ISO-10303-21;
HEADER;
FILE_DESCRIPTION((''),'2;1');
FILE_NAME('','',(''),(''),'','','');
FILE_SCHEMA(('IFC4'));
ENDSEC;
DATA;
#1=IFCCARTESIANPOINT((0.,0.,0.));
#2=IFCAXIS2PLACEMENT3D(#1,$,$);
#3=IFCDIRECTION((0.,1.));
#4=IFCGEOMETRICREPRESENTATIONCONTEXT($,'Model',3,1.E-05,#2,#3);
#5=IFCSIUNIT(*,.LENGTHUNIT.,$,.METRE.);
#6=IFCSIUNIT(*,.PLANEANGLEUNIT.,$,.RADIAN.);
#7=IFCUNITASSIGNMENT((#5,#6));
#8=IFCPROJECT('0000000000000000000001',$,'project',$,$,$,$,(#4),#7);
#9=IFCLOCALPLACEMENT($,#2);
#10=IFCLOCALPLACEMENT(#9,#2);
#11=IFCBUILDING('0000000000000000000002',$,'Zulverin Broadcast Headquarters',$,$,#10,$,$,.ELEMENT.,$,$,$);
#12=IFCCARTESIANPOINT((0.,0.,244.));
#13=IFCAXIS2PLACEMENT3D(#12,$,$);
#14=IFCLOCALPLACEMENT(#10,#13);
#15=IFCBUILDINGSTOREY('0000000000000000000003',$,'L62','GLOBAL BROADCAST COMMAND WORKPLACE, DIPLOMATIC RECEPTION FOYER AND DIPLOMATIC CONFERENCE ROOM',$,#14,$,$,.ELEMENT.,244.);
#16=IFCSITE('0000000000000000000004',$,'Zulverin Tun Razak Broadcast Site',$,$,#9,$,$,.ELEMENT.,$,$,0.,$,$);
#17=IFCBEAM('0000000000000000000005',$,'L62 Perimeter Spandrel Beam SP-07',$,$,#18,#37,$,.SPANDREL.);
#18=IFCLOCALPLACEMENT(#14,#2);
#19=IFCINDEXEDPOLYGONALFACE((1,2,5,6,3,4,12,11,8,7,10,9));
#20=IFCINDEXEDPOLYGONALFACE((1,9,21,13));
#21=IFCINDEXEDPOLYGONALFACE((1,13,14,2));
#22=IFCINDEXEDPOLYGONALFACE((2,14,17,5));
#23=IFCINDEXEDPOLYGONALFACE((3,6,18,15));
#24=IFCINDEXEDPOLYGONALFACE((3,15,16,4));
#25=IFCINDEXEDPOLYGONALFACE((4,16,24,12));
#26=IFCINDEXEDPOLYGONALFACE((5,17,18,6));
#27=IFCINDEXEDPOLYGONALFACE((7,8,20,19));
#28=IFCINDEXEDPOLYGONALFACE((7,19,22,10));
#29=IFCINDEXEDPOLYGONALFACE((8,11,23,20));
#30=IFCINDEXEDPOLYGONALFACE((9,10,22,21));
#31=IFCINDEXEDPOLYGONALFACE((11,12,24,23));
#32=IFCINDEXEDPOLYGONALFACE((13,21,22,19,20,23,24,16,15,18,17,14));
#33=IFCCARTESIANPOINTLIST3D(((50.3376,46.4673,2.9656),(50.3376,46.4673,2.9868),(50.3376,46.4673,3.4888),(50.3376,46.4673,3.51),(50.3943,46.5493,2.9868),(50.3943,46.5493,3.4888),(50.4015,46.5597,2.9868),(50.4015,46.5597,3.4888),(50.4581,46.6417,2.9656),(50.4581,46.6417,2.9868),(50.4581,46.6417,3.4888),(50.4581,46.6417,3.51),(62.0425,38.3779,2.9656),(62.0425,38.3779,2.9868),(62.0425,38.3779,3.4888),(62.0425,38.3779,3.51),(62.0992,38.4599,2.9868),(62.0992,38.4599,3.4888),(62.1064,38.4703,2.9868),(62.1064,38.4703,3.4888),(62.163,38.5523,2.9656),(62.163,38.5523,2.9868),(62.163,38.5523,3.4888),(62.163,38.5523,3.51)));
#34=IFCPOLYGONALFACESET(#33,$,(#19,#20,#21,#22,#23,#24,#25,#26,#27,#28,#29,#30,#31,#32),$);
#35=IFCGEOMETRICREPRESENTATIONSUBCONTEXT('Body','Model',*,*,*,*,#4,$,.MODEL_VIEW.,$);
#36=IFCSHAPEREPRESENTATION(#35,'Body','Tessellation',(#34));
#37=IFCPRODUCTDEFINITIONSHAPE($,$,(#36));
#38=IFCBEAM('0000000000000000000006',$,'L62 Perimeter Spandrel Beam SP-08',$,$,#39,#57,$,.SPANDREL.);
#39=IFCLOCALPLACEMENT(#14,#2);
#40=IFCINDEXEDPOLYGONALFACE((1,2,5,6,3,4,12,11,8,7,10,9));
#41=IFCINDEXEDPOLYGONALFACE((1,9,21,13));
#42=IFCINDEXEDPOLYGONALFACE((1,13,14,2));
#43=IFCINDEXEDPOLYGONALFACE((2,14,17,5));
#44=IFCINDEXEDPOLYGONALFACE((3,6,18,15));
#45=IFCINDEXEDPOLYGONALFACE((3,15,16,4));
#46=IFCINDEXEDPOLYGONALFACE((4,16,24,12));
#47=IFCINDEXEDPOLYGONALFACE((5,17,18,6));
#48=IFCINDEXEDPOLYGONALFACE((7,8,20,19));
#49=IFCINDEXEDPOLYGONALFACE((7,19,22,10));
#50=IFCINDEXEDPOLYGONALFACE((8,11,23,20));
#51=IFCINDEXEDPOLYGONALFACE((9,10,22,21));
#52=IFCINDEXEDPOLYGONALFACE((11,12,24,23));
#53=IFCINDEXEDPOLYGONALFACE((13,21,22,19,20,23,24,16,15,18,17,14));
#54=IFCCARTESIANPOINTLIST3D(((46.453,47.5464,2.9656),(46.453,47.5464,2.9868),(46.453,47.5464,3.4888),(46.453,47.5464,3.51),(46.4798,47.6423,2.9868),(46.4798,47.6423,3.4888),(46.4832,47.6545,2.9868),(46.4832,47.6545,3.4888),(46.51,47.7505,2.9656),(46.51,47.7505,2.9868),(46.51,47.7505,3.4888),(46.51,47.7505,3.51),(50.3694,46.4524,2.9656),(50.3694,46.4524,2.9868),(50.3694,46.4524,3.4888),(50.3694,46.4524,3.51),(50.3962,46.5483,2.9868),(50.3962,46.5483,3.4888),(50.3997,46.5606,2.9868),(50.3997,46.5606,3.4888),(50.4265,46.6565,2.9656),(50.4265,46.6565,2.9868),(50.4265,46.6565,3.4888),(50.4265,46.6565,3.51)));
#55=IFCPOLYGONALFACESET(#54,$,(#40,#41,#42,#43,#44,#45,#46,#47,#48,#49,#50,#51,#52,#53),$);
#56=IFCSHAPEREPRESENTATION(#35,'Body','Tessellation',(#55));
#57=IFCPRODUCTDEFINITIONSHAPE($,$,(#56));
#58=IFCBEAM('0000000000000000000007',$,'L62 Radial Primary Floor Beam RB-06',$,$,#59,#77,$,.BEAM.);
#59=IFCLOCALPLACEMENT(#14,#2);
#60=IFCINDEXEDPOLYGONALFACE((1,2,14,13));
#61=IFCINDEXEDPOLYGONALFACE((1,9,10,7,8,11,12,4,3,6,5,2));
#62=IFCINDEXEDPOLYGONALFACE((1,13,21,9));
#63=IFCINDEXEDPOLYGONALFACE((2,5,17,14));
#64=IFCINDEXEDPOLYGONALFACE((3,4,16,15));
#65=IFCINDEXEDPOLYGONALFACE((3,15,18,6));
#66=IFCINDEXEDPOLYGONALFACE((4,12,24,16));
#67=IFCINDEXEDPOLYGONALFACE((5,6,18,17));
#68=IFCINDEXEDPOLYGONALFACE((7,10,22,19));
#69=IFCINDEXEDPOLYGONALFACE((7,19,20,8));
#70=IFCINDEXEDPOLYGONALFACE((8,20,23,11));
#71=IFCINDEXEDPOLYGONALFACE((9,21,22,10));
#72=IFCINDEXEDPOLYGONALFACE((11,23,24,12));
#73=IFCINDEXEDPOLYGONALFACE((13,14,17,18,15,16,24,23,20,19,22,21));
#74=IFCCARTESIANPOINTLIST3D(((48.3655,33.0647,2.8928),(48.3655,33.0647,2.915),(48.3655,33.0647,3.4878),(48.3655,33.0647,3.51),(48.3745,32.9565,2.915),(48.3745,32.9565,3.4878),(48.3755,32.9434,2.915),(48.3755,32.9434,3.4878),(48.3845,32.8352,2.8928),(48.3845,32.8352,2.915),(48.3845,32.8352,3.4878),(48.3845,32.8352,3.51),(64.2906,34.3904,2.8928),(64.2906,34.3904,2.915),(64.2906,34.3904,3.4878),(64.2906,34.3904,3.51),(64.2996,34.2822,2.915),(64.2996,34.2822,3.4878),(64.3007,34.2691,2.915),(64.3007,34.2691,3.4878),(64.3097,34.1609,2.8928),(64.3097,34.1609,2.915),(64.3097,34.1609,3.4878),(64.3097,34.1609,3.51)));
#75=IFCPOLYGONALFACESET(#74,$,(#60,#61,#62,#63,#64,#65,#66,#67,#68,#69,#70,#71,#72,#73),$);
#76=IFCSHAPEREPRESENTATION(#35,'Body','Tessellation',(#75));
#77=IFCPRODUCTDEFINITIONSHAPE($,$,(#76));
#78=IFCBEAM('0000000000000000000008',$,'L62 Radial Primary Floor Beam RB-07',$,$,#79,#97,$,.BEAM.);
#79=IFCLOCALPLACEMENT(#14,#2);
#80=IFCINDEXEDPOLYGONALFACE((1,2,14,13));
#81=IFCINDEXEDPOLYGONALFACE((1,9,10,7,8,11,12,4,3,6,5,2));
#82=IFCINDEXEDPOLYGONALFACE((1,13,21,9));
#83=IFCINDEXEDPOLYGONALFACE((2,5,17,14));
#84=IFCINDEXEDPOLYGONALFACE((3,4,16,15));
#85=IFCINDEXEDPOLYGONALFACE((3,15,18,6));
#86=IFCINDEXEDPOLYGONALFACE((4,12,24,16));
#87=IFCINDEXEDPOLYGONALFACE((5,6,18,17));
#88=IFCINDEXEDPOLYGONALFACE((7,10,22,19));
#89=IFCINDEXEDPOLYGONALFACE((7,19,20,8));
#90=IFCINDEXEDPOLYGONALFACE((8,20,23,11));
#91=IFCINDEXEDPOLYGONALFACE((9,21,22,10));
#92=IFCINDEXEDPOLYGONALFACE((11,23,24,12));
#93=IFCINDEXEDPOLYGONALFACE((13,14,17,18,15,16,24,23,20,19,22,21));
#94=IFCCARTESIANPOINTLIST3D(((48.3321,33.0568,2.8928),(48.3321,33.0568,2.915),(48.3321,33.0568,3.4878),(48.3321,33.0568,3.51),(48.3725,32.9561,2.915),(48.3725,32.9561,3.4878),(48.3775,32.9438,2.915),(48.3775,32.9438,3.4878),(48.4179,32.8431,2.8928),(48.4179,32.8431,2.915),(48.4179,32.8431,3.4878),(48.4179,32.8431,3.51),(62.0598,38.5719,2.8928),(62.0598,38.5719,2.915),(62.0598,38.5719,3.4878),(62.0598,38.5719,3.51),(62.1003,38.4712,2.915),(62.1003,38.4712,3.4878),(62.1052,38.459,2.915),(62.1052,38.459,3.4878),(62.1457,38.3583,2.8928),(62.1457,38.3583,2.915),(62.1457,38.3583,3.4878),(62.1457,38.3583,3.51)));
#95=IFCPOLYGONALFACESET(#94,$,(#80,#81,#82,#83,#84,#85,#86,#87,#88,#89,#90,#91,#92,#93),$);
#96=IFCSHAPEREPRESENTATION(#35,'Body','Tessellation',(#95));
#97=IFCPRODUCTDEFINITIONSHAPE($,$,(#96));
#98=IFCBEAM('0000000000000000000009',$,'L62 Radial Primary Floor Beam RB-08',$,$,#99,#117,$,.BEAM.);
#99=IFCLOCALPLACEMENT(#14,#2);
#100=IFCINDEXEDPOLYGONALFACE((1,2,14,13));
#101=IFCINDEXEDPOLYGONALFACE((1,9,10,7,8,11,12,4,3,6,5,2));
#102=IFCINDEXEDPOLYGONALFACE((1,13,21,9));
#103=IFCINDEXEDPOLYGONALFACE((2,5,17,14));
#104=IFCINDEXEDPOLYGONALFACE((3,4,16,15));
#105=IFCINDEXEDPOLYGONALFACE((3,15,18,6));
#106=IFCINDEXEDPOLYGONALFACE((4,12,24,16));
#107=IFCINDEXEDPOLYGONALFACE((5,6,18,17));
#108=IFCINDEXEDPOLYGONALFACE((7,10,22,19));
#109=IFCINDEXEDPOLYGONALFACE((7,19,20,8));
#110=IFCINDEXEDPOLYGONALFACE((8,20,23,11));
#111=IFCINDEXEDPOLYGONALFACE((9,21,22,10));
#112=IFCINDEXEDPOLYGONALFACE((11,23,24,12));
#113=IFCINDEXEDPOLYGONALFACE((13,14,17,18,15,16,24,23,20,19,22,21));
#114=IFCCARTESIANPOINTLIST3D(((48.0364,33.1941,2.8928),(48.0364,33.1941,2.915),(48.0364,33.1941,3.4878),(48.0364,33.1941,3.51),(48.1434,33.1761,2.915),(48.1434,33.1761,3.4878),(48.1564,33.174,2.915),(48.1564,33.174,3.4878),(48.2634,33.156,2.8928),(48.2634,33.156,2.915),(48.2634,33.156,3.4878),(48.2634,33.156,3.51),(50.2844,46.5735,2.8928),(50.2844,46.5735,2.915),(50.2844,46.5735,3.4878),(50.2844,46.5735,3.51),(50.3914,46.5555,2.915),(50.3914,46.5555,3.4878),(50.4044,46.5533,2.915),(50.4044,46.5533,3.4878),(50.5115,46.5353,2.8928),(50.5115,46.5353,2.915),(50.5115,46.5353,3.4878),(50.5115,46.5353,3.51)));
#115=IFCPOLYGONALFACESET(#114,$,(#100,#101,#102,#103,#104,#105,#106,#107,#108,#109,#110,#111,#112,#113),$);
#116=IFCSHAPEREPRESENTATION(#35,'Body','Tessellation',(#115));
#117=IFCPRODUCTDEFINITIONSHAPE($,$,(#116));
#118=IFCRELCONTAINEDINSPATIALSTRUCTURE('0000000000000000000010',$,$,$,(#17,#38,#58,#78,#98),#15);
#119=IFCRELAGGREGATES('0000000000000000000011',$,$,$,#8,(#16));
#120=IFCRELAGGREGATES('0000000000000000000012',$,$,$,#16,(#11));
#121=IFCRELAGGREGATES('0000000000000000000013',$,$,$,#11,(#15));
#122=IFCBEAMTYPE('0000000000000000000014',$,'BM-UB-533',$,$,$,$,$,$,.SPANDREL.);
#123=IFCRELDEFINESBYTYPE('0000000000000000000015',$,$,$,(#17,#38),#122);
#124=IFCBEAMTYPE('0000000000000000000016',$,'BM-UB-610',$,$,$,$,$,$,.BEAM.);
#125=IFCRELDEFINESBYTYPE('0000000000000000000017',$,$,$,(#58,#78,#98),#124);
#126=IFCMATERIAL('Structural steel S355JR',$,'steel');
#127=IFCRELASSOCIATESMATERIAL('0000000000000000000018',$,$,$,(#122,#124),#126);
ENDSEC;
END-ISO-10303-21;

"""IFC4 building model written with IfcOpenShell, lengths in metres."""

from ifc_helpers import new_model, si_unit, direction, frame, origin, origin_2d, place, context, subcontext, project, spatial, i_section, extrude, material, material_profile, profile_set, type_object, element, save


model = new_model("IFC4")

# Units and contexts
model_context = context("Model", 3, precision=1e-05, world=origin(), true_north=direction((0.0, 1.0)))
body_context = subcontext(model_context, "Body", "Model", "MODEL_VIEW")
ifc_project = project(units=[si_unit("LENGTHUNIT", "METRE"), si_unit("PLANEANGLEUNIT", "RADIAN")], contexts=[model_context])

# Site, building, storey
site_placement = place(None, origin())
site = spatial("IfcSite", under=ifc_project, at=site_placement, Name="Zulverin Tun Razak Broadcast Site", CompositionType="ELEMENT", RefElevation=0.0)
building_placement = place(site_placement, origin())
building = spatial("IfcBuilding", under=site, at=building_placement, Name="Zulverin Broadcast Headquarters", CompositionType="ELEMENT")
storey_placement = place(building_placement, frame((0.0, 0.0, 244.0)))
storey = spatial("IfcBuildingStorey", under=building, at=storey_placement, Name="L62", Description="GLOBAL BROADCAST COMMAND WORKPLACE, DIPLOMATIC RECEPTION FOYER AND DIPLOMATIC CONFERENCE ROOM", CompositionType="ELEMENT", Elevation=244.0)

# Beams
ifc_material_1 = material(Name="Structural steel S355JR", Category="steel")
ifc_material_profile_1 = material_profile(ifc_material_1, i_section(OverallWidth=0.2119, OverallDepth=0.5444, WebThickness=0.0127, FlangeThickness=0.0212, at=origin_2d()), Name="Structural steel S355JR", Category="steel")
ifc_profile_set_1 = profile_set([ifc_material_profile_1], Name="Structural steel S355JR")
beam_type_1 = type_object("IfcBeamType", Name="BM-UB-533", PredefinedType="SPANDREL", material=ifc_profile_set_1)
beam_1_placement = place(storey_placement, frame((62.1028, 38.4651, 3.2378), z_axis=(-0.822652, 0.568545, 0.0), x_axis=(-0.568545, -0.822652, 0.0)))
element("IfcBeam", 1, at=beam_1_placement, inside=storey, type_object=beam_type_1, Name="L62 Perimeter Spandrel Beam SP-07", PredefinedType="SPANDREL", context=body_context, shape_type="SweptSolid", body=[
    extrude(i_section(OverallWidth=0.2119, OverallDepth=0.5444, WebThickness=0.0127, FlangeThickness=0.0212, at=origin_2d()), origin(), (0.0, 0.0, 1.0), 14.2283),
])
beam_2_placement = place(storey_placement, frame((50.3979, 46.5544, 3.2378), z_axis=(-0.963132, 0.269031, 0.0), x_axis=(-0.269031, -0.963132, 0.0)))
element("IfcBeam", 2, at=beam_2_placement, inside=storey, type_object=beam_type_1, Name="L62 Perimeter Spandrel Beam SP-08", PredefinedType="SPANDREL", context=body_context, shape_type="SweptSolid", body=[
    extrude(i_section(OverallWidth=0.2119, OverallDepth=0.5444, WebThickness=0.0127, FlangeThickness=0.0212, at=origin_2d()), origin(), (0.0, 0.0, 1.0), 4.0664),
])
ifc_material_profile_2 = material_profile(ifc_material_1, i_section(OverallWidth=0.2302, OverallDepth=0.6172, WebThickness=0.0132, FlangeThickness=0.0222, at=origin_2d()), Name="Structural steel S355JR", Category="steel")
ifc_profile_set_2 = profile_set([ifc_material_profile_2], Name="Structural steel S355JR")
beam_type_2 = type_object("IfcBeamType", Name="BM-UB-610", PredefinedType="BEAM", material=ifc_profile_set_2)
beam_3_placement = place(storey_placement, frame((48.375, 32.95, 3.2014), z_axis=(0.996553, 0.082958, 0.0), x_axis=(-0.082958, 0.996553, 0.0)))
element("IfcBeam", 3, at=beam_3_placement, inside=storey, type_object=beam_type_2, Name="L62 Radial Primary Floor Beam RB-06", PredefinedType="BEAM", context=body_context, shape_type="SweptSolid", body=[
    extrude(i_section(OverallWidth=0.2302, OverallDepth=0.6172, WebThickness=0.0132, FlangeThickness=0.0222, at=origin_2d()), origin(), (0.0, 0.0, 1.0), 15.9802),
])
beam_4_placement = place(storey_placement, frame((48.375, 32.95, 3.2014), z_axis=(0.927916, 0.37279, 0.0), x_axis=(-0.37279, 0.927916, 0.0)))
element("IfcBeam", 4, at=beam_4_placement, inside=storey, type_object=beam_type_2, Name="L62 Radial Primary Floor Beam RB-07", PredefinedType="BEAM", context=body_context, shape_type="SweptSolid", body=[
    extrude(i_section(OverallWidth=0.2302, OverallDepth=0.6172, WebThickness=0.0132, FlangeThickness=0.0222, at=origin_2d()), origin(), (0.0, 0.0, 1.0), 14.7942),
])
beam_5_placement = place(storey_placement, frame((48.1499, 33.175, 3.2014), z_axis=(0.1657, 0.986176, 0.0), x_axis=(-0.986176, 0.1657, 0.0)))
element("IfcBeam", 5, at=beam_5_placement, inside=storey, type_object=beam_type_2, Name="L62 Radial Primary Floor Beam RB-08", PredefinedType="BEAM", context=body_context, shape_type="SweptSolid", body=[
    extrude(i_section(OverallWidth=0.2302, OverallDepth=0.6172, WebThickness=0.0132, FlangeThickness=0.0222, at=origin_2d()), origin(), (0.0, 0.0, 1.0), 13.5669),
])

save(model, "model.ifc")
